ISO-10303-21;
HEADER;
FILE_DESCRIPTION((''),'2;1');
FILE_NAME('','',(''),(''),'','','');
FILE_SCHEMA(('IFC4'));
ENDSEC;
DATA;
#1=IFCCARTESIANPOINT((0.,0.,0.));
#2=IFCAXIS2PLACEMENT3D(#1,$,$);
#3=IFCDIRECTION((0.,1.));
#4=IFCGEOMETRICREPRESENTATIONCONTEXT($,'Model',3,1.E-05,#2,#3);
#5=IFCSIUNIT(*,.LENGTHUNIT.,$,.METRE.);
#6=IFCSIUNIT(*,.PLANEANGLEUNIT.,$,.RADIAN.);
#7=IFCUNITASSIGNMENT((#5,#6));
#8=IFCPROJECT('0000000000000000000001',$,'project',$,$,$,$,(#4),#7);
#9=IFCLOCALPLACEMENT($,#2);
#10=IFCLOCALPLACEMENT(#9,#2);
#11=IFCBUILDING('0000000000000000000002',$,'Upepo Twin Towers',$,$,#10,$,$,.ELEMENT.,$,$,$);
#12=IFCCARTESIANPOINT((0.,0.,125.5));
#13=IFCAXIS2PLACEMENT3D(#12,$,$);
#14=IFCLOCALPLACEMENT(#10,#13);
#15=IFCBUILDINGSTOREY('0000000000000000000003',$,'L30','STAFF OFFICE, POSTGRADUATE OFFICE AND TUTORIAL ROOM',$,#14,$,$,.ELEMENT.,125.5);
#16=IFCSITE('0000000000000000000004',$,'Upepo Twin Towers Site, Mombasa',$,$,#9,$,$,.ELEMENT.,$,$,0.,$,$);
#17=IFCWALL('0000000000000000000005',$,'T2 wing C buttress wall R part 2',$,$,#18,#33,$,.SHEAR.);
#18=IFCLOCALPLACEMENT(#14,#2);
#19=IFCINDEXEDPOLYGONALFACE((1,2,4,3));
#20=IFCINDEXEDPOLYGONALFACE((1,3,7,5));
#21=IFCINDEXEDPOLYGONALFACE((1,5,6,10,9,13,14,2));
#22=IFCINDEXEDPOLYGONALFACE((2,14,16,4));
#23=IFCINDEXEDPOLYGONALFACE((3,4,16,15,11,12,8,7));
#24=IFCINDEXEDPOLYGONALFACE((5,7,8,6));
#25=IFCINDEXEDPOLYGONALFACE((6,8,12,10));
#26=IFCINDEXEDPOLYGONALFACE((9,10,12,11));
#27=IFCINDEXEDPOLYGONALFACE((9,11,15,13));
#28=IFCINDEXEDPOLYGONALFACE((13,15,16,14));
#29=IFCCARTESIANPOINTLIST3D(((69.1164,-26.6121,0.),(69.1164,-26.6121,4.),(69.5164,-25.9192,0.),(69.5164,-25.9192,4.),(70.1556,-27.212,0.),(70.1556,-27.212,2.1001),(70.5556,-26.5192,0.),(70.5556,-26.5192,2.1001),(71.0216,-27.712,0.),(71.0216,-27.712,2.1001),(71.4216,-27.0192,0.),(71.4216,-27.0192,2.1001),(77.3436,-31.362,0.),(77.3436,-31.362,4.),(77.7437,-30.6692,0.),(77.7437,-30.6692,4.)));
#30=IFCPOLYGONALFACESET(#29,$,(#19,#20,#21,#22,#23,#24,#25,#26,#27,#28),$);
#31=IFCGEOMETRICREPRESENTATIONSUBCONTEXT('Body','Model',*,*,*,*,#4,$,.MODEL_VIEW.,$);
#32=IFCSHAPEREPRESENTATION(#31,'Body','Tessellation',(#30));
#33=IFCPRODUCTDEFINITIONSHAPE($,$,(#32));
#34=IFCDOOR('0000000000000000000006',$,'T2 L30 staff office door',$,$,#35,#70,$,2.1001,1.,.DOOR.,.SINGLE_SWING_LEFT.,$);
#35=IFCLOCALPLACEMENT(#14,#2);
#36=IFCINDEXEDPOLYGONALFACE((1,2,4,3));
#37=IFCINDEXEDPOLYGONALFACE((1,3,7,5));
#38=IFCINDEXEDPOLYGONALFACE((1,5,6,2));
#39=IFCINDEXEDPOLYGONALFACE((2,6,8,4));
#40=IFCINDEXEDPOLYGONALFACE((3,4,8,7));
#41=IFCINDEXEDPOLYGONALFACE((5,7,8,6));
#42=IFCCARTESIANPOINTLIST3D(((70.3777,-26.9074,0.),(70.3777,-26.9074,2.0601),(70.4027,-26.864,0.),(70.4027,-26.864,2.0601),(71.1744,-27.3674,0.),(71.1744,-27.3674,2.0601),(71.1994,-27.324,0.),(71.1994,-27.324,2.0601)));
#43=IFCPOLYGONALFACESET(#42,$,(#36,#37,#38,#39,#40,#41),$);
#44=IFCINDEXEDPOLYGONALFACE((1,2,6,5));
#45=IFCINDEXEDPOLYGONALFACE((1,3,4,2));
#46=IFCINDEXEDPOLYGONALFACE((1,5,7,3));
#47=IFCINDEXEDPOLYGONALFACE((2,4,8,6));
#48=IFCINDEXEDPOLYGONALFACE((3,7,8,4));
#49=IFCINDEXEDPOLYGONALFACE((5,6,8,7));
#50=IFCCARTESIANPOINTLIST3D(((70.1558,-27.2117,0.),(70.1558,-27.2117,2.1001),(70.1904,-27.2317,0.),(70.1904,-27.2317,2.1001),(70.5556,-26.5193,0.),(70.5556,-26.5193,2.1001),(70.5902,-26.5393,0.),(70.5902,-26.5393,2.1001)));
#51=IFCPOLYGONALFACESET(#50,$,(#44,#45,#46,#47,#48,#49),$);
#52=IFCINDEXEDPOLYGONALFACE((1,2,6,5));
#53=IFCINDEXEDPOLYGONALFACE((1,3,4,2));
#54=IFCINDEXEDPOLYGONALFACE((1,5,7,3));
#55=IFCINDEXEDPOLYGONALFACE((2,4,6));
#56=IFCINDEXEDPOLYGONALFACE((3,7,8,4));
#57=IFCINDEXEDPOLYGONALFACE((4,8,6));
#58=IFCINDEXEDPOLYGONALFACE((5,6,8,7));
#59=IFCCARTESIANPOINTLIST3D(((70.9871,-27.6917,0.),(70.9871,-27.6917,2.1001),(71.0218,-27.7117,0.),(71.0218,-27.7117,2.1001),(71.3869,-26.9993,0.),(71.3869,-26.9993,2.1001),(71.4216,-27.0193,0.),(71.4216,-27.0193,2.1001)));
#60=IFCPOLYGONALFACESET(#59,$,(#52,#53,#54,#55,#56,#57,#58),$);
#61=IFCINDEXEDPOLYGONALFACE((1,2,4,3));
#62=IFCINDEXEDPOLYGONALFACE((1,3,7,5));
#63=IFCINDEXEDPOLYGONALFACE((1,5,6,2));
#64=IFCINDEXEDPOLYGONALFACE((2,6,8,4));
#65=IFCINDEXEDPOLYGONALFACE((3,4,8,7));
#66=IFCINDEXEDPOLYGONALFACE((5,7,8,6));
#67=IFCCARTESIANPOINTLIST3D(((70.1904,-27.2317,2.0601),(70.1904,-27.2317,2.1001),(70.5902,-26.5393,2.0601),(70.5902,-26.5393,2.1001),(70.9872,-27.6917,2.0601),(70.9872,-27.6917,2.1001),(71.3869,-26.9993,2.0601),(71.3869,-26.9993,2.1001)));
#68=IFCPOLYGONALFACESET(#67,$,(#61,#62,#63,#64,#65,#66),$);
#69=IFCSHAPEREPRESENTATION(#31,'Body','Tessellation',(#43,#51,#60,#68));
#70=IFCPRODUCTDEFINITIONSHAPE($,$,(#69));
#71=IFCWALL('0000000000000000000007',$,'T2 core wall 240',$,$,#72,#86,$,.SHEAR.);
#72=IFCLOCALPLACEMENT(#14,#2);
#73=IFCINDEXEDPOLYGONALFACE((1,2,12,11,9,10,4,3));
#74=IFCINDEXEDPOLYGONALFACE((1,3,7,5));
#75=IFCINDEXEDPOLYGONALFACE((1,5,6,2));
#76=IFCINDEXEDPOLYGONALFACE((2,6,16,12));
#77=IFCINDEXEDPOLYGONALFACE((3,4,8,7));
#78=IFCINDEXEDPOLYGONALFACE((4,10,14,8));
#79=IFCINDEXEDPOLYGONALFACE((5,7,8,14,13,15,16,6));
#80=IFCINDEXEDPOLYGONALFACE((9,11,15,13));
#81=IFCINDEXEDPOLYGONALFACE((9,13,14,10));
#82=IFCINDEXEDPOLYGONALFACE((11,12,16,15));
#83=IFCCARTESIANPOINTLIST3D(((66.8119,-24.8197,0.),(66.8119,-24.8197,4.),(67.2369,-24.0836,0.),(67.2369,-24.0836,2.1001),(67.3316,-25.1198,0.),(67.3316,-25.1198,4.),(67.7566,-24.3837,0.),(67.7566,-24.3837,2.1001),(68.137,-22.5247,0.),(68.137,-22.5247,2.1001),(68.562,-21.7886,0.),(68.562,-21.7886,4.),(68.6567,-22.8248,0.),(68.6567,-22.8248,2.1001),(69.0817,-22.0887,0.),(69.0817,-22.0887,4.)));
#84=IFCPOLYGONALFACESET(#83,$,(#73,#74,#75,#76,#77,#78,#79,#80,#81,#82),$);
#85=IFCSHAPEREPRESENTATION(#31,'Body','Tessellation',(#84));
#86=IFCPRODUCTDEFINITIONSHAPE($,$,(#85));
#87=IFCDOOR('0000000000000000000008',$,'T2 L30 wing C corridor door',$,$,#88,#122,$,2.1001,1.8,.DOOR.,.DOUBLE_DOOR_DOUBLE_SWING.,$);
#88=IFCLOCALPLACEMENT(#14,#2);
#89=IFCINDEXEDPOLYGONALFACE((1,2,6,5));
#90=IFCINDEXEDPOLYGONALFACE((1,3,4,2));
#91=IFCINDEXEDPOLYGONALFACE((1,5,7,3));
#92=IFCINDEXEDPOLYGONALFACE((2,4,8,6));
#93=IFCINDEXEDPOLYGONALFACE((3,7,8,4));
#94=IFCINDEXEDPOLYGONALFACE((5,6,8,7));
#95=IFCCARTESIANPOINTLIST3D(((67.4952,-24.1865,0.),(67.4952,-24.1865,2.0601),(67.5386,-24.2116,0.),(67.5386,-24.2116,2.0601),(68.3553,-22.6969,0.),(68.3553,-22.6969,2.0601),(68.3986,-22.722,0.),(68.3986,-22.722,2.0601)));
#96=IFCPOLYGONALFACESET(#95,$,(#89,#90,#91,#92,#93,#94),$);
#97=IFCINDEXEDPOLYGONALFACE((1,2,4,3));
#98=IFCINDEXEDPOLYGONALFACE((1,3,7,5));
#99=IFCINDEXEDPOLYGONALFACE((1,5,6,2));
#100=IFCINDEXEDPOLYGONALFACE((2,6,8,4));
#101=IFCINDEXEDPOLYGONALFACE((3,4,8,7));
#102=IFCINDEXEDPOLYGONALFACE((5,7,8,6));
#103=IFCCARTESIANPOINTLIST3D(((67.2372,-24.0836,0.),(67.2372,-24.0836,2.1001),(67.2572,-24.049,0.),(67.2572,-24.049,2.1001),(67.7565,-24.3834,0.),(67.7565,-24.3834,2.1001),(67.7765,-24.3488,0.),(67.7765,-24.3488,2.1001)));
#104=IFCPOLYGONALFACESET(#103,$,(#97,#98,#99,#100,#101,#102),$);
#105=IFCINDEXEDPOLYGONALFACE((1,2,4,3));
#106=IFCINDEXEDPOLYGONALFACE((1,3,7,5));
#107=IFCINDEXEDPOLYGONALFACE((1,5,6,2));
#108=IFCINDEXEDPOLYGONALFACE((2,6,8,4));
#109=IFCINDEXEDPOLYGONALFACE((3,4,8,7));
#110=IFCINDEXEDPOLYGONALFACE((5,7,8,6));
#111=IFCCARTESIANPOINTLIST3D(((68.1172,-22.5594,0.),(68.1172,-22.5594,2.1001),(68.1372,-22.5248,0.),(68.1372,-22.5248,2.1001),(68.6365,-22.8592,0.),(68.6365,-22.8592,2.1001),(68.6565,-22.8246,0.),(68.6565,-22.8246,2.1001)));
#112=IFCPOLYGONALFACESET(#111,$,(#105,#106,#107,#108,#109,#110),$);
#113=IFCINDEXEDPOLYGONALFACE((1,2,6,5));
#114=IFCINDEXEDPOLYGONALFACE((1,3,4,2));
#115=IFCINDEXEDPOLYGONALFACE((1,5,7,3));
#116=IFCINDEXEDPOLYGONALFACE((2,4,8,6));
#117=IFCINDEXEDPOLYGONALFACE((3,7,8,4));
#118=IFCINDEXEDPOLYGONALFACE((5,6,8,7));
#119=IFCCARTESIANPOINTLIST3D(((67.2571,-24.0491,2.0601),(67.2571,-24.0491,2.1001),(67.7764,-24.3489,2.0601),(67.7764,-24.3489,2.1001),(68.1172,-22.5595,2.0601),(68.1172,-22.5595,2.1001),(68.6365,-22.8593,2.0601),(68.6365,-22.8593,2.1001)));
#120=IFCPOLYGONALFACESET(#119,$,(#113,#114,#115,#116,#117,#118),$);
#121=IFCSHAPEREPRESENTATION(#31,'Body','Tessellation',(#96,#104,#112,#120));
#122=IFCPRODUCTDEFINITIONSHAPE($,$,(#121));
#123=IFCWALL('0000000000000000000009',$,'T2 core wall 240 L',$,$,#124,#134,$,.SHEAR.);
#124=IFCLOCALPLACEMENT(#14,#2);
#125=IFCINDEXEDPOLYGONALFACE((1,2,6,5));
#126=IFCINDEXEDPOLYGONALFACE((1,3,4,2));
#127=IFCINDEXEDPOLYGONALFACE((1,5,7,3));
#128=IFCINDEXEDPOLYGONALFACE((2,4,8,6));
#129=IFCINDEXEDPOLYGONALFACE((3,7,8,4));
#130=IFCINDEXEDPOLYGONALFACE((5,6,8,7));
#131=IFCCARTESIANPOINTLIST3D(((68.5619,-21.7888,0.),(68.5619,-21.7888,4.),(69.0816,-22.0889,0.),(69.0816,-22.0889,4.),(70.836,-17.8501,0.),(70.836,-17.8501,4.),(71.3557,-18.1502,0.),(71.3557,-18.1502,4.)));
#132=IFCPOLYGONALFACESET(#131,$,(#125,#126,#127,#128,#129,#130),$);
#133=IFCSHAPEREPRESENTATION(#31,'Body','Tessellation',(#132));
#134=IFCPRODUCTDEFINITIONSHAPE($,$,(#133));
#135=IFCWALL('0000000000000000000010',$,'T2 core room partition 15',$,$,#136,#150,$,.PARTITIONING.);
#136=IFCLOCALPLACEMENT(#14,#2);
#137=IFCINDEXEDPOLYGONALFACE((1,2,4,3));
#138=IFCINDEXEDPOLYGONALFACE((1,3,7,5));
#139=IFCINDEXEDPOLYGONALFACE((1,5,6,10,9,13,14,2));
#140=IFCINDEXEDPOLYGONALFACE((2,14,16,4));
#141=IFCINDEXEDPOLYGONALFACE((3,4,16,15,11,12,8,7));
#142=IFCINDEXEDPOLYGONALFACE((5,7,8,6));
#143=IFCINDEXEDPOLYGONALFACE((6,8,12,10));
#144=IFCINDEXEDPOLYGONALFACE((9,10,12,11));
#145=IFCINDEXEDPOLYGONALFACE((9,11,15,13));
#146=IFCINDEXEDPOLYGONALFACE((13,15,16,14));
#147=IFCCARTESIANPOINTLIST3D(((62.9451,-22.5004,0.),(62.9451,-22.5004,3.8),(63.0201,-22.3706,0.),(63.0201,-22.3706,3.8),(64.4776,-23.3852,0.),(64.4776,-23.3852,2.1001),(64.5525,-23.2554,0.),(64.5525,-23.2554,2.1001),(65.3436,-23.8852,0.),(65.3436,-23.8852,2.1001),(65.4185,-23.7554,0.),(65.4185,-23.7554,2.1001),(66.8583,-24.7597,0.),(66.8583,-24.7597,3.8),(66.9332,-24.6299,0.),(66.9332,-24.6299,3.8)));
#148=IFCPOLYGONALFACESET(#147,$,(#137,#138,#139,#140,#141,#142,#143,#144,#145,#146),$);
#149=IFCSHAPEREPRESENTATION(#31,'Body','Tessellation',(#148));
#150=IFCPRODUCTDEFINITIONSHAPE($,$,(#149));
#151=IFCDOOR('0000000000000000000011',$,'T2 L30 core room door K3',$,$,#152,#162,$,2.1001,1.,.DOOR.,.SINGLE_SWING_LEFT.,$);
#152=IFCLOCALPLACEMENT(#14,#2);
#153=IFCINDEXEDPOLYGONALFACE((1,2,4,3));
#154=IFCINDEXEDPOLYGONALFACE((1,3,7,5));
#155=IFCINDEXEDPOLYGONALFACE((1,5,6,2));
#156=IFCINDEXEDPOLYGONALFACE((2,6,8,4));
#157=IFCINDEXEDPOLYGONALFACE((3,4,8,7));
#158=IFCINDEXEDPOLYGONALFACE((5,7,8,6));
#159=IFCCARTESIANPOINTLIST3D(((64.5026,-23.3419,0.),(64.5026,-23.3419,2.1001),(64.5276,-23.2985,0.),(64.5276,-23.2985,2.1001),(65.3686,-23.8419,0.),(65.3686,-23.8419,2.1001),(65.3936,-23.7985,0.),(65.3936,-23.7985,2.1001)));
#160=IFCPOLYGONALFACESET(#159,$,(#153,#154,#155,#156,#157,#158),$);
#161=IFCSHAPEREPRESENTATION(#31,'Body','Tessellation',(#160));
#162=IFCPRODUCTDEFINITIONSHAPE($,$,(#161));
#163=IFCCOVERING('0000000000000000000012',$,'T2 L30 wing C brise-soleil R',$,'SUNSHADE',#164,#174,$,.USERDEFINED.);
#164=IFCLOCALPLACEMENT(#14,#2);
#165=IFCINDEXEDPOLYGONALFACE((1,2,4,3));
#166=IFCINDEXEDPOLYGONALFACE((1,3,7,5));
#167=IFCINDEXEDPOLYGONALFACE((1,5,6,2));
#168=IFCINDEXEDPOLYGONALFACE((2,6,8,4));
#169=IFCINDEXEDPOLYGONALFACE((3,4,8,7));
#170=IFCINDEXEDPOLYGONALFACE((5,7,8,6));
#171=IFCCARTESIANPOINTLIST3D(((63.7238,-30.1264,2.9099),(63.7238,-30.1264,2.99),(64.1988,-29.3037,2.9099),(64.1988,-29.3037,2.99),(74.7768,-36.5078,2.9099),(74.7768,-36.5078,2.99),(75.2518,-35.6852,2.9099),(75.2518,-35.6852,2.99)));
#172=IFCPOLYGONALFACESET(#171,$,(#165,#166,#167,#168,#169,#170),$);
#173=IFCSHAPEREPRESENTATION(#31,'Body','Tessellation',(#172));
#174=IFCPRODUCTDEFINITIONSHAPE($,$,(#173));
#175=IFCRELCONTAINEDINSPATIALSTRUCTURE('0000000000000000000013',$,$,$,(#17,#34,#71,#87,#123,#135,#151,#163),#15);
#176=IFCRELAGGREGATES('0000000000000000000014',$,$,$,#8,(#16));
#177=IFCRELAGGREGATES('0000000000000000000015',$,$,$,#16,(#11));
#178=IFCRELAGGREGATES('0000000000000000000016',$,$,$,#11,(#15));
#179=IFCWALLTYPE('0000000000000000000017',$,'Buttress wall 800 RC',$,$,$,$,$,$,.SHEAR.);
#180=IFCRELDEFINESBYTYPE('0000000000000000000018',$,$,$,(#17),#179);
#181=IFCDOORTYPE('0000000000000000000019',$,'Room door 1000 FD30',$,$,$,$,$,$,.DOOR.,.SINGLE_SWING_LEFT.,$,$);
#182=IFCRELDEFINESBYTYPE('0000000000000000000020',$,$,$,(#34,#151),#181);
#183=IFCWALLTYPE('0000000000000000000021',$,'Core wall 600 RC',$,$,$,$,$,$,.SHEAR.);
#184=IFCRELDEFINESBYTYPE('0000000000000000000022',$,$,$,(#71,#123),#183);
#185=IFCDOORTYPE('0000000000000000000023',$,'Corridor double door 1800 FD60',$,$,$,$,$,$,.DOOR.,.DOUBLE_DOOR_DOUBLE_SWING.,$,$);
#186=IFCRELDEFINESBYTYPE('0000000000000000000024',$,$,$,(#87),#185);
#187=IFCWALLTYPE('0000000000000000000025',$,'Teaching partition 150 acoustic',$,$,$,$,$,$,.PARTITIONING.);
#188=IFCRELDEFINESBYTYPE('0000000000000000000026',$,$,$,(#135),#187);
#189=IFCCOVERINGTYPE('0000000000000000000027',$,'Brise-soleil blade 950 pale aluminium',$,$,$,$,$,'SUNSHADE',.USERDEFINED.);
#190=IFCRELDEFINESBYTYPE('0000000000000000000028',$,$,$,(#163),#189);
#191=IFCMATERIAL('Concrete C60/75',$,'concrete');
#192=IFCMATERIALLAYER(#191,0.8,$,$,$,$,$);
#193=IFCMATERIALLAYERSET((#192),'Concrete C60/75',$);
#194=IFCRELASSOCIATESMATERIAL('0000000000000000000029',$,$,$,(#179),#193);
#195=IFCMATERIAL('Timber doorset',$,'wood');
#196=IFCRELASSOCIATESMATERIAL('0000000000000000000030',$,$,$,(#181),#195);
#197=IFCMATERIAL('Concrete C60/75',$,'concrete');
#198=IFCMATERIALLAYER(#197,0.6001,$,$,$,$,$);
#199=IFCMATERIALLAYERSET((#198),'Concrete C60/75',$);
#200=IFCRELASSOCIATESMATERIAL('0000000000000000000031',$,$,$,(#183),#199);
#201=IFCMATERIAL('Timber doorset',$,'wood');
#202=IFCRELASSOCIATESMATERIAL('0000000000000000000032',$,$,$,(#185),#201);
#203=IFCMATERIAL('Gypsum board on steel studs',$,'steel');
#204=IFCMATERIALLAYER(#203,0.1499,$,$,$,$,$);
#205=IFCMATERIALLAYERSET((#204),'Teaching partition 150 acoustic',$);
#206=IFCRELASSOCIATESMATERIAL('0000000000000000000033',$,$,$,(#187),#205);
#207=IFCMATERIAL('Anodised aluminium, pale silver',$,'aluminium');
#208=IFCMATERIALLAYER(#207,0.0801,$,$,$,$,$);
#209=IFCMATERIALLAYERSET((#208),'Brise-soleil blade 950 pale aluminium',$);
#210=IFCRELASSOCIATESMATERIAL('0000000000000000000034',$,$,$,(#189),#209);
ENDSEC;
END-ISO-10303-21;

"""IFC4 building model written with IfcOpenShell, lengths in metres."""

from ifc_helpers import new_model, si_unit, direction, frame, frame_2d, origin, origin_2d, place, context, subcontext, project, spatial, rectangle, extrude, material, layer, layer_set, type_object, element, fill, save


model = new_model("IFC4")

# Units and contexts
model_context = context("Model", 3, precision=1e-05, world=origin(), true_north=direction((0.0, 1.0)))
body_context = subcontext(model_context, "Body", "Model", "MODEL_VIEW")
ifc_project = project(units=[si_unit("LENGTHUNIT", "METRE"), si_unit("PLANEANGLEUNIT", "RADIAN")], contexts=[model_context])

# Site, building, storey
site_placement = place(None, origin())
site = spatial("IfcSite", under=ifc_project, at=site_placement, Name="Upepo Twin Towers Site, Mombasa", CompositionType="ELEMENT", RefElevation=0.0)
building_placement = place(site_placement, origin())
building = spatial("IfcBuilding", under=site, at=building_placement, Name="Upepo Twin Towers", CompositionType="ELEMENT")
storey_placement = place(building_placement, frame((0.0, 0.0, 125.5)))
storey = spatial("IfcBuildingStorey", under=building, at=storey_placement, Name="L30", Description="STAFF OFFICE, POSTGRADUATE OFFICE AND TUTORIAL ROOM", CompositionType="ELEMENT", Elevation=125.5)

# Walls, openings, doors
ifc_material_1 = material(Name="Concrete C60/75", Category="concrete")
ifc_layer_1 = layer(ifc_material_1, 0.8)
ifc_layer_set_1 = layer_set([ifc_layer_1], Name="Concrete C60/75")
wall_type_1 = type_object("IfcWallType", Name="Buttress wall 800 RC", PredefinedType="SHEAR", material=ifc_layer_set_1)
ifc_material_2 = material(Name="Timber doorset", Category="wood")
door_type_1 = type_object("IfcDoorType", Name="Room door 1000 FD30", OperationType="SINGLE_SWING_LEFT", PredefinedType="DOOR", material=ifc_material_2)
wall_1_placement = place(storey_placement, frame((69.3164, -26.2656, 0.0), z_axis=(0.0, 0.0, 1.0), x_axis=(0.866027, -0.499998, 0.0)))
wall_1 = element("IfcWall", 1, at=wall_1_placement, inside=storey, type_object=wall_type_1, Name="T2 wing C buttress wall R part 2", PredefinedType="SHEAR", context=body_context, shape_type="SweptSolid", body=[
    extrude(rectangle(XDim=9.5, YDim=0.8, at=frame_2d((4.75, 0.0))), origin(), (0.0, 0.0, 1.0), 4.0),
])
opening_1_placement = place(wall_1_placement, frame((1.2, 0.0, 0.0)))
opening_1 = element("IfcOpeningElement", 2, at=opening_1_placement, cuts=wall_1, PredefinedType="OPENING", context=body_context, shape_type="SweptSolid", body=[
    extrude(rectangle(XDim=1.0, YDim=2.1001, at=frame_2d((0.5, 1.05))), frame((0.0, 0.4099, 0.0), z_axis=(0.0, -1.0, 0.0), x_axis=(1.0, 0.0, 0.0)), (0.0, 0.0, 1.0), 0.8201),
])
door_1_placement = place(opening_1_placement, origin())
door_1 = element("IfcDoor", 3, at=door_1_placement, inside=storey, type_object=door_type_1, Name="T2 L30 staff office door", OperationType="SINGLE_SWING_LEFT", OverallHeight=2.1001, OverallWidth=1.0, PredefinedType="DOOR", context=body_context, shape_type="SweptSolid", body=[
    extrude(rectangle(XDim=0.92, YDim=2.0601, at=frame_2d((0.5, 1.03))), frame((0.0, 0.0249, 0.0), z_axis=(0.0, -1.0, 0.0), x_axis=(1.0, 0.0, 0.0)), (0.0, 0.0, 1.0), 0.05),
    extrude(rectangle(XDim=0.04, YDim=2.1001, at=frame_2d((0.02, 1.05))), frame((0.0, 0.3999, 0.0), z_axis=(0.0, -1.0, 0.0), x_axis=(1.0, 0.0, 0.0)), (0.0, 0.0, 1.0), 0.7996),
    extrude(rectangle(XDim=0.04, YDim=2.1001, at=frame_2d((0.98, 1.05))), frame((0.0, 0.3999, 0.0), z_axis=(0.0, -1.0, 0.0), x_axis=(1.0, 0.0, 0.0)), (0.0, 0.0, 1.0), 0.7996),
    extrude(rectangle(XDim=0.92, YDim=0.04, at=frame_2d((0.5, 2.0801))), frame((0.0, 0.3999, 0.0), z_axis=(0.0, -1.0, 0.0), x_axis=(1.0, 0.0, 0.0)), (0.0, 0.0, 1.0), 0.7996),
])
fill(opening_1, door_1)
ifc_material_3 = material(Name="Concrete C60/75", Category="concrete")
ifc_layer_2 = layer(ifc_material_3, 0.6001)
ifc_layer_set_2 = layer_set([ifc_layer_2], Name="Concrete C60/75")
wall_type_2 = type_object("IfcWallType", Name="Core wall 600 RC", PredefinedType="SHEAR", material=ifc_layer_set_2)
wall_2_placement = place(storey_placement, frame((67.0718, -24.9697, 0.0), z_axis=(0.0, 0.0, 1.0), x_axis=(0.50001, 0.866019, 0.0)))
wall_2 = element("IfcWall", 4, at=wall_2_placement, inside=storey, type_object=wall_type_2, Name="T2 core wall 240", PredefinedType="SHEAR", context=body_context, shape_type="SweptSolid", body=[
    extrude(rectangle(XDim=3.5, YDim=0.6001, at=frame_2d((1.75, 0.0))), origin(), (0.0, 0.0, 1.0), 4.0),
])
opening_2_placement = place(wall_2_placement, frame((0.8501, 0.0, 0.0)))
opening_2 = element("IfcOpeningElement", 5, at=opening_2_placement, cuts=wall_2, PredefinedType="OPENING", context=body_context, shape_type="SweptSolid", body=[
    extrude(rectangle(XDim=1.8, YDim=2.1001, at=frame_2d((0.8999, 1.05))), frame((0.0, 0.3101, 0.0), z_axis=(0.0, -1.0, 0.0), x_axis=(1.0, 0.0, 0.0)), (0.0, 0.0, 1.0), 0.6201),
])
ifc_material_4 = material(Name="Timber doorset", Category="wood")
door_type_2 = type_object("IfcDoorType", Name="Corridor double door 1800 FD60", OperationType="DOUBLE_DOOR_DOUBLE_SWING", PredefinedType="DOOR", material=ifc_material_4)
door_2_placement = place(opening_2_placement, origin())
door_2 = element("IfcDoor", 6, at=door_2_placement, inside=storey, type_object=door_type_2, Name="T2 L30 wing C corridor door", OperationType="DOUBLE_DOOR_DOUBLE_SWING", OverallHeight=2.1001, OverallWidth=1.8, PredefinedType="DOOR", context=body_context, shape_type="SweptSolid", body=[
    extrude(rectangle(XDim=1.72, YDim=2.0601, at=frame_2d((0.8999, 1.03))), frame((0.0, 0.0249, 0.0), z_axis=(0.0, -1.0, 0.0), x_axis=(1.0, 0.0, 0.0)), (0.0, 0.0, 1.0), 0.05),
    extrude(rectangle(XDim=0.04, YDim=2.1001, at=frame_2d((0.02, 1.05))), frame((0.0, 0.2998, 0.0), z_axis=(0.0, -1.0, 0.0), x_axis=(1.0, 0.0, 0.0)), (0.0, 0.0, 1.0), 0.5996),
    extrude(rectangle(XDim=0.04, YDim=2.1001, at=frame_2d((1.78, 1.05))), frame((0.0, 0.2998, 0.0), z_axis=(0.0, -1.0, 0.0), x_axis=(1.0, 0.0, 0.0)), (0.0, 0.0, 1.0), 0.5996),
    extrude(rectangle(XDim=1.72, YDim=0.04, at=frame_2d((0.8999, 2.0801))), frame((0.0, 0.2998, 0.0), z_axis=(0.0, -1.0, 0.0), x_axis=(1.0, 0.0, 0.0)), (0.0, 0.0, 1.0), 0.5996),
])
fill(opening_2, door_2)

# Wall
wall_3_placement = place(storey_placement, frame((68.8218, -21.9387, 0.0), z_axis=(0.0, 0.0, 1.0), x_axis=(0.500024, 0.866011, 0.0)))
element("IfcWall", 7, at=wall_3_placement, inside=storey, type_object=wall_type_2, Name="T2 core wall 240 L", PredefinedType="SHEAR", context=body_context, shape_type="SweptSolid", body=[
    extrude(rectangle(XDim=4.5481, YDim=0.6001, at=frame_2d((2.2739, 0.0))), origin(), (0.0, 0.0, 1.0), 4.0),
])

# Wall, opening, door
ifc_material_5 = material(Name="Gypsum board on steel studs", Category="steel")
ifc_layer_3 = layer(ifc_material_5, 0.1499)
ifc_layer_set_3 = layer_set([ifc_layer_3], Name="Teaching partition 150 acoustic")
wall_type_3 = type_object("IfcWallType", Name="Teaching partition 150 acoustic", PredefinedType="PARTITIONING", material=ifc_layer_set_3)
wall_4_placement = place(storey_placement, frame((66.8958, -24.6948, 0.0), z_axis=(0.0, 0.0, 1.0), x_axis=(-0.86602, 0.500009, 0.0)))
wall_4 = element("IfcWall", 8, at=wall_4_placement, inside=storey, type_object=wall_type_3, Name="T2 core room partition 15", PredefinedType="PARTITIONING", context=body_context, shape_type="SweptSolid", body=[
    extrude(rectangle(XDim=4.5186, YDim=0.1499, at=frame_2d((2.2593, 0.0))), origin(), (0.0, 0.0, 1.0), 3.8),
])
opening_3_placement = place(wall_4_placement, frame((1.749, 0.0, 0.0)))
opening_3 = element("IfcOpeningElement", 9, at=opening_3_placement, cuts=wall_4, PredefinedType="OPENING", context=body_context, shape_type="SweptSolid", body=[
    extrude(rectangle(XDim=1.0, YDim=2.1001, at=frame_2d((0.5, 1.05))), frame((0.0, 0.085, 0.0), z_axis=(0.0, -1.0, 0.0), x_axis=(1.0, 0.0, 0.0)), (0.0, 0.0, 1.0), 0.1699),
])
door_3_placement = place(opening_3_placement, origin())
door_3 = element("IfcDoor", 10, at=door_3_placement, inside=storey, type_object=door_type_1, Name="T2 L30 core room door K3", OperationType="SINGLE_SWING_LEFT", OverallHeight=2.1001, OverallWidth=1.0, PredefinedType="DOOR", context=body_context, shape_type="SweptSolid", body=[
    extrude(rectangle(XDim=1.0, YDim=2.1001, at=frame_2d((0.5, 1.05))), frame((0.0, 0.0249, 0.0), z_axis=(0.0, -1.0, 0.0), x_axis=(1.0, 0.0, 0.0)), (0.0, 0.0, 1.0), 0.05),
])
fill(opening_3, door_3)

# Covering
ifc_material_6 = material(Name="Anodised aluminium, pale silver", Category="aluminium")
ifc_layer_4 = layer(ifc_material_6, 0.0801)
ifc_layer_set_4 = layer_set([ifc_layer_4], Name="Brise-soleil blade 950 pale aluminium")
covering_type = type_object("IfcCoveringType", Name="Brise-soleil blade 950 pale aluminium", ElementType="SUNSHADE", PredefinedType="USERDEFINED", material=ifc_layer_set_4)
covering_placement = place(storey_placement, frame((69.4878, -32.9058, 2.9099), z_axis=(0.0, 0.0, 1.0), x_axis=(0.866025, -0.5, 0.0)))
element("IfcCovering", 11, at=covering_placement, inside=storey, type_object=covering_type, Name="T2 L30 wing C brise-soleil R", ObjectType="SUNSHADE", PredefinedType="USERDEFINED", context=body_context, shape_type="SweptSolid", body=[
    extrude(rectangle(XDim=12.7629, YDim=0.95, at=origin_2d()), origin(), (0.0, 0.0, 1.0), 0.0801),
])

save(model, "model.ifc")
